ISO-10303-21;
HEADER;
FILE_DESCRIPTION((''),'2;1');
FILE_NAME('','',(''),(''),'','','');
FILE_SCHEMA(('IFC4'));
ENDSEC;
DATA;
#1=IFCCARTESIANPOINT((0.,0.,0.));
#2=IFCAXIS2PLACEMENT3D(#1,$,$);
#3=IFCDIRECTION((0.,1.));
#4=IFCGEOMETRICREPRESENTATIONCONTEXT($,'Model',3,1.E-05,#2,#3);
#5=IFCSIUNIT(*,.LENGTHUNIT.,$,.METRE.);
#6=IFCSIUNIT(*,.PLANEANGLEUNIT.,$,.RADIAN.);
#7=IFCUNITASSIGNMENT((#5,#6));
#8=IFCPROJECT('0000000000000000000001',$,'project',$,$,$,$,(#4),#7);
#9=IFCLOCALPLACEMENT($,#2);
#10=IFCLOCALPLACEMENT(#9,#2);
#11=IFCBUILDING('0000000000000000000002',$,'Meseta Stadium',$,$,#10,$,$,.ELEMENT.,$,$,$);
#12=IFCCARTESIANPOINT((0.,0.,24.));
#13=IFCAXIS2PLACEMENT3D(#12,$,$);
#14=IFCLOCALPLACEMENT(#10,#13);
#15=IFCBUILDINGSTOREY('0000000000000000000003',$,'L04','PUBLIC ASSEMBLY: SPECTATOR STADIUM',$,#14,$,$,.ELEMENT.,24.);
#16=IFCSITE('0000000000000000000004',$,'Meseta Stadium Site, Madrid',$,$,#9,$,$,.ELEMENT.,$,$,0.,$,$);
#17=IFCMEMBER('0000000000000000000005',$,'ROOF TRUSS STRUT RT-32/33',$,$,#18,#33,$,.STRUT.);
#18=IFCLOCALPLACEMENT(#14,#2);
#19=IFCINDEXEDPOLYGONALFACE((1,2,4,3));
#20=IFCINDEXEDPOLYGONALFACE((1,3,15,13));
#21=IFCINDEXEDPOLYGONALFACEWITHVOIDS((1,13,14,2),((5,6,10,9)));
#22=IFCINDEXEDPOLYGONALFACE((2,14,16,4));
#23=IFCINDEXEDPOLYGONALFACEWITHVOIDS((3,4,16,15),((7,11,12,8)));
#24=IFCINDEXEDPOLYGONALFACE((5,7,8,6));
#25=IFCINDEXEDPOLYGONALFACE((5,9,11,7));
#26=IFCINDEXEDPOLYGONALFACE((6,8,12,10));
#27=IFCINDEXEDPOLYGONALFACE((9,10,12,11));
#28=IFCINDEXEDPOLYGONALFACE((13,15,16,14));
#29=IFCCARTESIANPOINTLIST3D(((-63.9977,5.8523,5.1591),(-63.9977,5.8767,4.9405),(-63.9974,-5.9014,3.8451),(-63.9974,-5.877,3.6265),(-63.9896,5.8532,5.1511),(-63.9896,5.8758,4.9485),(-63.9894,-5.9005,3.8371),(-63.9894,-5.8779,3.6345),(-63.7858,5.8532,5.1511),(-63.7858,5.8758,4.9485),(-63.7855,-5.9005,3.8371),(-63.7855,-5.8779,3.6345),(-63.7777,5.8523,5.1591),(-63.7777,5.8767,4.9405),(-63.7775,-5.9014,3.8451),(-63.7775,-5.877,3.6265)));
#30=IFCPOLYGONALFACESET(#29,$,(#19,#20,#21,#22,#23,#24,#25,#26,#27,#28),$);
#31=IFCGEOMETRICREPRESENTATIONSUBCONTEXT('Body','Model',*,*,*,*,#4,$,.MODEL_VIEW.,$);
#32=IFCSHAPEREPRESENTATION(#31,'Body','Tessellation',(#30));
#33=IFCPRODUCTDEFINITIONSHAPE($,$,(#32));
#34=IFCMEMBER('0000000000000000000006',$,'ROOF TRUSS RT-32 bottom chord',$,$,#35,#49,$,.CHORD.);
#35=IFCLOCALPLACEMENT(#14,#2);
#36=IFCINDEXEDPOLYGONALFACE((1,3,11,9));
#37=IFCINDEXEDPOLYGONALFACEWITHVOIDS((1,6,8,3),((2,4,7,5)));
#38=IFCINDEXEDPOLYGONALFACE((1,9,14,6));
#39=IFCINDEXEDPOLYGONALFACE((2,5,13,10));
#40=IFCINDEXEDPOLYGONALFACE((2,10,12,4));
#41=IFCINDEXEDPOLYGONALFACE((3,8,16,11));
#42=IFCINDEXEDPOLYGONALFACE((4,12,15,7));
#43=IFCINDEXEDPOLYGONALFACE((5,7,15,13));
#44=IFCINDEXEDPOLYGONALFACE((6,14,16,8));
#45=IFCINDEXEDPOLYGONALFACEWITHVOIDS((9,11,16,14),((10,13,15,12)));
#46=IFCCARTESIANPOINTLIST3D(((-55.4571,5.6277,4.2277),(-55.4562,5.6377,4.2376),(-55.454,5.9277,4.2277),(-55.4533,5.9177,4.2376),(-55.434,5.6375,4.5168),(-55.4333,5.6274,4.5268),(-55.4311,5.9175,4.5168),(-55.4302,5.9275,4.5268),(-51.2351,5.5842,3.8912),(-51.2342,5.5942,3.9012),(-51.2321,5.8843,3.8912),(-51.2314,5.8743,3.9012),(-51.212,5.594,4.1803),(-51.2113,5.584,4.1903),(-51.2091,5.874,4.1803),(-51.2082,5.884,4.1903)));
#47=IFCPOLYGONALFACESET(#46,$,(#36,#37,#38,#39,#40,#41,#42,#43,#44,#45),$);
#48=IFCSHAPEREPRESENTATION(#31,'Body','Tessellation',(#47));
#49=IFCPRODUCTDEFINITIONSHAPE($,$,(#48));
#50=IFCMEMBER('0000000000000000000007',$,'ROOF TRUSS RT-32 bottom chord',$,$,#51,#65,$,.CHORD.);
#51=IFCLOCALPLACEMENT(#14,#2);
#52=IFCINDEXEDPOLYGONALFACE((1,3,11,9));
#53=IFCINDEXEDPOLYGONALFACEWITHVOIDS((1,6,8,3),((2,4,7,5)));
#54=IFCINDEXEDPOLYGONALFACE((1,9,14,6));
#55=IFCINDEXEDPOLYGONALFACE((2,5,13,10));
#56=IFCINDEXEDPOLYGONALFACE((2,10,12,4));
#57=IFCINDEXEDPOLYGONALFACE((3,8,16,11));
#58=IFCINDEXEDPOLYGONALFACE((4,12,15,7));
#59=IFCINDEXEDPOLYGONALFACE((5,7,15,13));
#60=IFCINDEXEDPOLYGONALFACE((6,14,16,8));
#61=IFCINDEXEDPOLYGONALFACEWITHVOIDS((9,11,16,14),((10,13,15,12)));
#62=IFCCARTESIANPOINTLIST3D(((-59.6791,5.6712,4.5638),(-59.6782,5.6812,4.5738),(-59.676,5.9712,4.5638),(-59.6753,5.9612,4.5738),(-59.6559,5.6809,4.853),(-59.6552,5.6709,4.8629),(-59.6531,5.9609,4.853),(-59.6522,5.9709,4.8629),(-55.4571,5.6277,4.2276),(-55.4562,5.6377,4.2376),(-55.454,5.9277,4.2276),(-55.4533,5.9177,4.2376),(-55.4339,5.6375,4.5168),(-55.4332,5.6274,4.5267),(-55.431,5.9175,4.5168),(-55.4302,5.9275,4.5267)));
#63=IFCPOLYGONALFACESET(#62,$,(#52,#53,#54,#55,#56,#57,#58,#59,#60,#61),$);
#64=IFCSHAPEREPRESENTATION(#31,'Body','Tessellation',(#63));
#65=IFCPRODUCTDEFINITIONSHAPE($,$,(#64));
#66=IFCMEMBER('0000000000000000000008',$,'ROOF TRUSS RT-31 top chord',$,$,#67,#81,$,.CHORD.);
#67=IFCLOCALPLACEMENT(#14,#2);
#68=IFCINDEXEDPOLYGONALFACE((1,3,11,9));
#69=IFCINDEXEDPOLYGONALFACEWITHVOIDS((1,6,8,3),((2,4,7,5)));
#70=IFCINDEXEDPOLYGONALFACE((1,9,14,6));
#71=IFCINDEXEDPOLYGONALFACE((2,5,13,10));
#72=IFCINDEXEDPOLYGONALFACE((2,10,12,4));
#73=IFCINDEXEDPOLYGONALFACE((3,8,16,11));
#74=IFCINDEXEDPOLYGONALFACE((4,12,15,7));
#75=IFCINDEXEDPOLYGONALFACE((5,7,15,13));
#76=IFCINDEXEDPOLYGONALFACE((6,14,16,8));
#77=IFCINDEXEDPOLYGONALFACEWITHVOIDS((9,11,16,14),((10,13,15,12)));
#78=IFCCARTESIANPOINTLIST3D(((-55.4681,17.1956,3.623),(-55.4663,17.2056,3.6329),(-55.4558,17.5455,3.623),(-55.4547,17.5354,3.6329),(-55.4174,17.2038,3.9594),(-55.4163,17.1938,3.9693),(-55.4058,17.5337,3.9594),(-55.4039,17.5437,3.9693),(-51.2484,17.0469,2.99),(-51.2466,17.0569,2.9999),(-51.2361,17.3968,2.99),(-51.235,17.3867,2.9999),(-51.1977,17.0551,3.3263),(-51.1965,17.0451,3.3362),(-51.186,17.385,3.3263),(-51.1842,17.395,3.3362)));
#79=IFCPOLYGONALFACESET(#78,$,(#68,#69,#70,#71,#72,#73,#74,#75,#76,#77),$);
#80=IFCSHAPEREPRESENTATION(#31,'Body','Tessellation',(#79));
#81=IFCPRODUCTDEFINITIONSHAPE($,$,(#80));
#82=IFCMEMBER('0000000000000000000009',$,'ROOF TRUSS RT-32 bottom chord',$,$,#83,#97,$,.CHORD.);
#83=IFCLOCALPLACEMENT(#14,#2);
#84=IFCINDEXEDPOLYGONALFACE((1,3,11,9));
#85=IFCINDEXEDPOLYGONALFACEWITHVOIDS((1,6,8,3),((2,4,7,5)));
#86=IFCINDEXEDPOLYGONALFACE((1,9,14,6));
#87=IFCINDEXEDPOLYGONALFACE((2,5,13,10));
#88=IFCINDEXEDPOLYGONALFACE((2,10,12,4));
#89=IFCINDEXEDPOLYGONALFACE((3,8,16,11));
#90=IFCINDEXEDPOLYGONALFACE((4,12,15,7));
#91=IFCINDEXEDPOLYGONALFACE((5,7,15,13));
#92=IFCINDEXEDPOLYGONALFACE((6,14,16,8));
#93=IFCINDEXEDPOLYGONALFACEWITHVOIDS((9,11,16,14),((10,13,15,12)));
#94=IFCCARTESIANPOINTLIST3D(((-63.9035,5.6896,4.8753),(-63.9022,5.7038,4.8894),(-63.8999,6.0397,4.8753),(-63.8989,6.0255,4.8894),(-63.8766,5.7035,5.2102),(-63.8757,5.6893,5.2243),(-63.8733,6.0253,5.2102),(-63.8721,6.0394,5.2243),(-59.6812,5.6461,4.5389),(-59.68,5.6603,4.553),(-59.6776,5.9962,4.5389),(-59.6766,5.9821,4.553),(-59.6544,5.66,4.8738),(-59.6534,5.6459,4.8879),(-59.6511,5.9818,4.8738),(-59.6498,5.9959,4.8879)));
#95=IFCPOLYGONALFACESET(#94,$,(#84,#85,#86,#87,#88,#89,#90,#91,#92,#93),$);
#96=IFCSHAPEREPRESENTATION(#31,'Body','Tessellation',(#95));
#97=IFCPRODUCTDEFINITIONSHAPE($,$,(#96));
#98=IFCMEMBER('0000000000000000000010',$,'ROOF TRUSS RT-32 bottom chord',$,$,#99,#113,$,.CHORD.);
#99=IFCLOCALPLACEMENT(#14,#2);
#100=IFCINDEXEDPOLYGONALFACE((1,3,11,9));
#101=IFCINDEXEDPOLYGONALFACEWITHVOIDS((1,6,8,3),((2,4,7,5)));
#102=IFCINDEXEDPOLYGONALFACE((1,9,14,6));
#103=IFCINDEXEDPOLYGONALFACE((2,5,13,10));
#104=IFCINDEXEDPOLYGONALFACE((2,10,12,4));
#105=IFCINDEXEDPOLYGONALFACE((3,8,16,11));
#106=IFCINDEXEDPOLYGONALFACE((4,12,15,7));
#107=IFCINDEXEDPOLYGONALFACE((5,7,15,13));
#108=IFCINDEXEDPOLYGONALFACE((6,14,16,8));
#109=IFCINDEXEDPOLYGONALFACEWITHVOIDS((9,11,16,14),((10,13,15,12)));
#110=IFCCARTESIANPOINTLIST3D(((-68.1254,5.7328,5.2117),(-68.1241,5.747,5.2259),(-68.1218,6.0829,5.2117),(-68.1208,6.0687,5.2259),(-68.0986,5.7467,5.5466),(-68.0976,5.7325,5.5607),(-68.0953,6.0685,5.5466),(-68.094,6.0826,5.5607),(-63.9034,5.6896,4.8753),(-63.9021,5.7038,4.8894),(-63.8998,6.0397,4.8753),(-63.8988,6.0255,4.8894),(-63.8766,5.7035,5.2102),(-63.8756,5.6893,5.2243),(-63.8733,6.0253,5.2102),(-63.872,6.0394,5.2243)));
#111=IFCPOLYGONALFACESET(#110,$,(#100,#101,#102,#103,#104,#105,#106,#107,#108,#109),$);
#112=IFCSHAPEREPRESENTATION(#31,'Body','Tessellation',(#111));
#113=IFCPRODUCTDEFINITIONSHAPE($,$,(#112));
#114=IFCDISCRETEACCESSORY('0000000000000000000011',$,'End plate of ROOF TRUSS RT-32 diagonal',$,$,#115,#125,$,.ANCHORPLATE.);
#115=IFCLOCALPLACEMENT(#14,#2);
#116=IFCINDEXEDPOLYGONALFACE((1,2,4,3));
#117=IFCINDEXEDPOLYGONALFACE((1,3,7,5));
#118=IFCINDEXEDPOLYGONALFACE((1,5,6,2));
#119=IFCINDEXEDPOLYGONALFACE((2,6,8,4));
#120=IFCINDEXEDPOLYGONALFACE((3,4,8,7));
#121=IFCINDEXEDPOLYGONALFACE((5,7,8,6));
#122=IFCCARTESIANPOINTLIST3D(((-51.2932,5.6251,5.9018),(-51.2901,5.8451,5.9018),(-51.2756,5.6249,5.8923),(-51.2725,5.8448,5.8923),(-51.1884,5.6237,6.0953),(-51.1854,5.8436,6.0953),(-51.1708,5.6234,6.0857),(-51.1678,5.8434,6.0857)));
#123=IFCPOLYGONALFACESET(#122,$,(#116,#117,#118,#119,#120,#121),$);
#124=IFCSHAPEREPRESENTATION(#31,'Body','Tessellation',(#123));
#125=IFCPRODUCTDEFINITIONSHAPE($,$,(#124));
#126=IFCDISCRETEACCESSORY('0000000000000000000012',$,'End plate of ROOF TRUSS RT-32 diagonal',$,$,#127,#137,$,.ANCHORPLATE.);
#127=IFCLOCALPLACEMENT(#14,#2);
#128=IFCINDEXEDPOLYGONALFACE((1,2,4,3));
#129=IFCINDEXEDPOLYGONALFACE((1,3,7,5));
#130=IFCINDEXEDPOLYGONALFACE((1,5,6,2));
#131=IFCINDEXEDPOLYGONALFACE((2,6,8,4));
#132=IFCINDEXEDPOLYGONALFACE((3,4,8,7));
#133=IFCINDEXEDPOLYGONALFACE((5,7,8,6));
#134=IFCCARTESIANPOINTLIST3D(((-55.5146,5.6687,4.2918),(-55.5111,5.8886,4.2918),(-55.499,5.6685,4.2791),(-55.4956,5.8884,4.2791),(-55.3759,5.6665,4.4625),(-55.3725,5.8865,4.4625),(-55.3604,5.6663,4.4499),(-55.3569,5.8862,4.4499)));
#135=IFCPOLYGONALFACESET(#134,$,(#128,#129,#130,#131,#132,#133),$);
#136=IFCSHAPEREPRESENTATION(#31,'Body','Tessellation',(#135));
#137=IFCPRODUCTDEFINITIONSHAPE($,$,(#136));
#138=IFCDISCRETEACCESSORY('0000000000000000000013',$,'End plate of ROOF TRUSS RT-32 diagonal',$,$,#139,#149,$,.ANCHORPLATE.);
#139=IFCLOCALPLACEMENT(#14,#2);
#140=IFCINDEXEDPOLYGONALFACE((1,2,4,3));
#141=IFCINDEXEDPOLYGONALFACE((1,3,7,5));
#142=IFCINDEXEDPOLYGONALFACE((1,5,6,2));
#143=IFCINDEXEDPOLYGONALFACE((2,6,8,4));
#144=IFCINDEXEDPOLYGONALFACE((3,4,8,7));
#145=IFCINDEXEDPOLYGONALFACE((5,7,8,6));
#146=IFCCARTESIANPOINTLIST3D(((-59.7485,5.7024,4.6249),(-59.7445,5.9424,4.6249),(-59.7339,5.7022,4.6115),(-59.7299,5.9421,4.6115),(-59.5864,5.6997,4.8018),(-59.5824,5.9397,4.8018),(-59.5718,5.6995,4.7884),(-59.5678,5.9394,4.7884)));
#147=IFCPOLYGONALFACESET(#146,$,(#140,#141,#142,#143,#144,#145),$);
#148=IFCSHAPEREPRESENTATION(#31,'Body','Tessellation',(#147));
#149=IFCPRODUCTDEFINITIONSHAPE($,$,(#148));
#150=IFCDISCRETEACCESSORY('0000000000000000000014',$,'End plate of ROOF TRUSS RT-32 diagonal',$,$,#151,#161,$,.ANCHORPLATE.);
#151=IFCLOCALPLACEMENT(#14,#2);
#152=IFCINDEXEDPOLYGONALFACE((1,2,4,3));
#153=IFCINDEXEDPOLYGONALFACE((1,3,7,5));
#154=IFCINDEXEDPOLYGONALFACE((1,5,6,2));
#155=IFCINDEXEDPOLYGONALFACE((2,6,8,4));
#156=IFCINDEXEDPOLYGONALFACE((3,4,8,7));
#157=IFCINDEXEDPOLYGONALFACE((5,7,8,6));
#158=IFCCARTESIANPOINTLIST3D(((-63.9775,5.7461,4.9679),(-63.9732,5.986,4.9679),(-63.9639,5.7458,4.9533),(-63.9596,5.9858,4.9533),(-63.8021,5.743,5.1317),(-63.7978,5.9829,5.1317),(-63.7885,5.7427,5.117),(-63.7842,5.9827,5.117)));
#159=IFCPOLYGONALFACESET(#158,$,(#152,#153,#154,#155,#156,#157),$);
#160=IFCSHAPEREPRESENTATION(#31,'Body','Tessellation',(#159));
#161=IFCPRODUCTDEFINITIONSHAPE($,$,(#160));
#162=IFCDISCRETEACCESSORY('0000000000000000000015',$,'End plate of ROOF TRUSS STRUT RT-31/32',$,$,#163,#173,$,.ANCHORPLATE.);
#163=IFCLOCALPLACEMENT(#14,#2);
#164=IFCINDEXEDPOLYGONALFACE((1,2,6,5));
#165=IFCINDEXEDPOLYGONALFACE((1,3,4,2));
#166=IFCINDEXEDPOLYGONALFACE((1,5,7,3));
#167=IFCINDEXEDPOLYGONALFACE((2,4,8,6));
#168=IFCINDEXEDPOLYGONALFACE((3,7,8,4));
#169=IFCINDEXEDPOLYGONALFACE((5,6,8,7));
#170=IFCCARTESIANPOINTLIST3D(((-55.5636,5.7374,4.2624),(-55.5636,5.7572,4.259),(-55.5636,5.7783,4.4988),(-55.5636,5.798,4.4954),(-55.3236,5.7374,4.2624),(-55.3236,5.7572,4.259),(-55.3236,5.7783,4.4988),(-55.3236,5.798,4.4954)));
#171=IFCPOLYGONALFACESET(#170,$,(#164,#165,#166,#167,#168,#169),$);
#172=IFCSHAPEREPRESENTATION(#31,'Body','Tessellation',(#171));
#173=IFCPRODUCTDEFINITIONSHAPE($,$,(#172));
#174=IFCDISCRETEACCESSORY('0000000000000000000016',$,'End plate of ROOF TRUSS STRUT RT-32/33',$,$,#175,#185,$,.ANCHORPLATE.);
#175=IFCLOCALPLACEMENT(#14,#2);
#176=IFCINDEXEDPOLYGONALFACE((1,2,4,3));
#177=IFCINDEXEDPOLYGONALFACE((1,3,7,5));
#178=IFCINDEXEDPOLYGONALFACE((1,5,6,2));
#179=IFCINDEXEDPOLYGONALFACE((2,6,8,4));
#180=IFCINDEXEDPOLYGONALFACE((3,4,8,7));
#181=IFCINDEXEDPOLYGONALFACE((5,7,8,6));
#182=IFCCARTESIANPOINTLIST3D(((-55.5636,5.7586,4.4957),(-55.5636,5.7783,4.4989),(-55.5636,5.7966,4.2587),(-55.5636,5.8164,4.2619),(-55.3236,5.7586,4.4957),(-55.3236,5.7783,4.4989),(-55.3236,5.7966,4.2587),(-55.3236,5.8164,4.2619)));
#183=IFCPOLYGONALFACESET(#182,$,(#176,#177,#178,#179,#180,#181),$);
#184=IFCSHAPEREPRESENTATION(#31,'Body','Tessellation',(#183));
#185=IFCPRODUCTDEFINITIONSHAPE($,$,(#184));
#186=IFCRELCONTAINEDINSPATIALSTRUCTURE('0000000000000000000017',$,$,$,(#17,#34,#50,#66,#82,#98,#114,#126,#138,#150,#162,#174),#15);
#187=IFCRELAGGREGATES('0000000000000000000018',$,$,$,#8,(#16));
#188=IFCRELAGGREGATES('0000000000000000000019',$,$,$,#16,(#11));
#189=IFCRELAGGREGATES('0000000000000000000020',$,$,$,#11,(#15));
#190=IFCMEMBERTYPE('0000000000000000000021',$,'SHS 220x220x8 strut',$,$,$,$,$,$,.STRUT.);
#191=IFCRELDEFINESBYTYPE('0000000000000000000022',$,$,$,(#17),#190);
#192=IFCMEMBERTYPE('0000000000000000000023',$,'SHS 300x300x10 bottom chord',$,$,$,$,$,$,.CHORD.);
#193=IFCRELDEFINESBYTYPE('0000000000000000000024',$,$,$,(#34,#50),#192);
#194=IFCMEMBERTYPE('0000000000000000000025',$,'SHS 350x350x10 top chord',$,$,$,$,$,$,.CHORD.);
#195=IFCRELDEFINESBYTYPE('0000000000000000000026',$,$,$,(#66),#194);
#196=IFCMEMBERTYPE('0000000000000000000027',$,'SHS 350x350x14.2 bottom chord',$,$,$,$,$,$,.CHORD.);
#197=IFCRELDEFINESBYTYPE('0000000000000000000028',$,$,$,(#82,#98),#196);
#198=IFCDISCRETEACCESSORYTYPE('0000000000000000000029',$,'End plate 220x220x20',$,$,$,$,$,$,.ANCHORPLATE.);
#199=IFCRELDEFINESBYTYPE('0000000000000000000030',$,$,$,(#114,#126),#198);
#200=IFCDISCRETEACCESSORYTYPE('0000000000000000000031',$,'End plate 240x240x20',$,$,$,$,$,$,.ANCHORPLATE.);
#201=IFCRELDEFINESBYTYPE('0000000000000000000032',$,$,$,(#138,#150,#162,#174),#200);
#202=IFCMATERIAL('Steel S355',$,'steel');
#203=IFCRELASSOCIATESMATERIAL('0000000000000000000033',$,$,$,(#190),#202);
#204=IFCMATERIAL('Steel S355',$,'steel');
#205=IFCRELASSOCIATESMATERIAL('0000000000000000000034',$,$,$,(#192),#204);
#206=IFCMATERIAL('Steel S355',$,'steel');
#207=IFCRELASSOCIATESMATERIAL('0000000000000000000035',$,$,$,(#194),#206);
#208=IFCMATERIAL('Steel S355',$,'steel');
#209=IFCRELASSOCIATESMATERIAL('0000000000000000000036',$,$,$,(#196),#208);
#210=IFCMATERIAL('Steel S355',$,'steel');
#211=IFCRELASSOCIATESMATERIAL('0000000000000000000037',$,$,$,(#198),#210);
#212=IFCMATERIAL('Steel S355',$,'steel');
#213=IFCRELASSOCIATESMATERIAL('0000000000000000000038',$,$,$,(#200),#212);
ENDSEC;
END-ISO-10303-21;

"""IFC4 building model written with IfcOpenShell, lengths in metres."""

from ifc_helpers import new_model, si_unit, direction, frame, origin, origin_2d, place, context, subcontext, project, spatial, rectangle, hollow_rectangle, extrude, material, material_profile, profile_set, type_object, element, save


model = new_model("IFC4")

# Units and contexts
model_context = context("Model", 3, precision=1e-05, world=origin(), true_north=direction((0.0, 1.0)))
body_context = subcontext(model_context, "Body", "Model", "MODEL_VIEW")
ifc_project = project(units=[si_unit("LENGTHUNIT", "METRE"), si_unit("PLANEANGLEUNIT", "RADIAN")], contexts=[model_context])

# Site, building, storey
site_placement = place(None, origin())
site = spatial("IfcSite", under=ifc_project, at=site_placement, Name="Meseta Stadium Site, Madrid", CompositionType="ELEMENT", RefElevation=0.0)
building_placement = place(site_placement, origin())
building = spatial("IfcBuilding", under=site, at=building_placement, Name="Meseta Stadium", CompositionType="ELEMENT")
storey_placement = place(building_placement, frame((0.0, 0.0, 24.0)))
storey = spatial("IfcBuildingStorey", under=building, at=storey_placement, Name="L04", Description="PUBLIC ASSEMBLY: SPECTATOR STADIUM", CompositionType="ELEMENT", Elevation=24.0)

# Members
ifc_material_1 = material(Name="Steel S355", Category="steel")
ifc_material_profile_1 = material_profile(ifc_material_1, hollow_rectangle(XDim=0.22, YDim=0.22, WallThickness=0.0081, at=origin_2d()), Name="SHS 220x220x8")
ifc_profile_set_1 = profile_set([ifc_material_profile_1], Name="Steel S355")
member_type_1 = type_object("IfcMemberType", Name="SHS 220x220x8 strut", PredefinedType="STRUT", material=ifc_profile_set_1)
member_1_placement = place(storey_placement, frame((-63.8877, 5.8645, 5.0498), z_axis=(0.000021, -0.993809, -0.1111), x_axis=(1.0, 0.000021, 0.0)))
element("IfcMember", 1, at=member_1_placement, inside=storey, type_object=member_type_1, Name="ROOF TRUSS STRUT RT-32/33", PredefinedType="STRUT", context=body_context, shape_type="SweptSolid", body=[
    extrude(hollow_rectangle(XDim=0.22, YDim=0.22, WallThickness=0.0081, at=origin_2d()), origin(), (0.0, 0.0, 1.0), 11.8269),
])
ifc_material_2 = material(Name="Steel S355", Category="steel")
ifc_material_profile_2 = material_profile(ifc_material_2, hollow_rectangle(XDim=0.3, YDim=0.3, WallThickness=0.01, at=origin_2d()), Name="SHS 300x300x10")
ifc_profile_set_2 = profile_set([ifc_material_profile_2], Name="Steel S355")
member_type_2 = type_object("IfcMemberType", Name="SHS 300x300x10 bottom chord", PredefinedType="CHORD", material=ifc_profile_set_2)
for number, where, z_axis, x_axis, name in (
    (2, (-51.2217, 5.7341, 4.0408), (-0.996788, 0.01026, 0.079429), (-0.010293, -0.999947, 0.0), "ROOF TRUSS RT-32 bottom chord"),
    (3, (-55.4436, 5.7776, 4.3772), (-0.996792, 0.01026, 0.079372), (-0.010293, -0.999947, 0.0), "ROOF TRUSS RT-32 bottom chord"),
):
    element("IfcMember", number, at=place(storey_placement, frame(where, z_axis=z_axis, x_axis=x_axis)), inside=storey, type_object=member_type_2, Name=name, PredefinedType="CHORD", context=body_context, shape_type="SweptSolid", body=[
        extrude(hollow_rectangle(XDim=0.3, YDim=0.3, WallThickness=0.01, at=origin_2d()), origin(), (0.0, 0.0, 1.0), 4.2356),
    ])
ifc_material_3 = material(Name="Steel S355", Category="steel")
ifc_material_profile_3 = material_profile(ifc_material_3, hollow_rectangle(XDim=0.3501, YDim=0.3501, WallThickness=0.01, at=origin_2d()), Name="SHS 350x350x10")
ifc_profile_set_3 = profile_set([ifc_material_profile_3], Name="Steel S355")
member_type_3 = type_object("IfcMemberType", Name="SHS 350x350x10 top chord", PredefinedType="CHORD", material=ifc_profile_set_3)
member_2_placement = place(storey_placement, frame((-51.2163, 17.2209, 3.1631), z_axis=(-0.988333, 0.034824, 0.148273), x_axis=(-0.035213, -0.99938, 0.0)))
element("IfcMember", 4, at=member_2_placement, inside=storey, type_object=member_type_3, Name="ROOF TRUSS RT-31 top chord", PredefinedType="CHORD", context=body_context, shape_type="SweptSolid", body=[
    extrude(hollow_rectangle(XDim=0.3501, YDim=0.3501, WallThickness=0.01, at=origin_2d()), origin(), (0.0, 0.0, 1.0), 4.2695),
])
ifc_material_4 = material(Name="Steel S355", Category="steel")
ifc_material_profile_4 = material_profile(ifc_material_4, hollow_rectangle(XDim=0.3501, YDim=0.3501, WallThickness=0.0142, at=origin_2d()), Name="SHS 350x350x14.2")
ifc_profile_set_4 = profile_set([ifc_material_profile_4], Name="Steel S355")
member_type_4 = type_object("IfcMemberType", Name="SHS 350x350x14.2 bottom chord", PredefinedType="CHORD", material=ifc_profile_set_4)
member_3_placement = place(storey_placement, frame((-59.6655, 5.821, 4.7134), z_axis=(-0.996788, 0.01026, 0.079425), x_axis=(-0.010292, -0.999947, 0.0)))
element("IfcMember", 5, at=member_3_placement, inside=storey, type_object=member_type_4, Name="ROOF TRUSS RT-32 bottom chord", PredefinedType="CHORD", context=body_context, shape_type="SweptSolid", body=[
    extrude(hollow_rectangle(XDim=0.3501, YDim=0.3501, WallThickness=0.0142, at=origin_2d()), origin(), (0.0, 0.0, 1.0), 4.2358),
])
member_4_placement = place(storey_placement, frame((-63.8877, 5.8645, 5.0498), z_axis=(-0.996788, 0.010202, 0.079429), x_axis=(-0.010235, -0.999948, 0.0)))
element("IfcMember", 6, at=member_4_placement, inside=storey, type_object=member_type_4, Name="ROOF TRUSS RT-32 bottom chord", PredefinedType="CHORD", context=body_context, shape_type="SweptSolid", body=[
    extrude(hollow_rectangle(XDim=0.3501, YDim=0.3501, WallThickness=0.0142, at=origin_2d()), origin(), (0.0, 0.0, 1.0), 4.2356),
])

# Discrete accessories
ifc_material_5 = material(Name="Steel S355", Category="steel")
ifc_material_profile_5 = material_profile(ifc_material_5, rectangle(XDim=0.22, YDim=0.22, at=origin_2d()), Name="PL 220x220")
ifc_profile_set_5 = profile_set([ifc_material_profile_5], Name="Steel S355")
discrete_accessory_type_1 = type_object("IfcDiscreteAccessoryType", Name="End plate 220x220x20", PredefinedType="ANCHORPLATE", material=ifc_profile_set_5)
for number, where, z_axis, x_axis, name in (
    (7, (-51.2217, 5.7341, 5.989), (-0.879226, 0.012211, 0.476248), (-0.013888, -0.999904, 0.0), "End plate of ROOF TRUSS RT-32 diagonal"),
    (8, (-55.428, 5.7773, 4.3645), (-0.776057, 0.012126, 0.630546), (-0.015623, -0.999878, 0.0), "End plate of ROOF TRUSS RT-32 diagonal"),
):
    element("IfcDiscreteAccessory", number, at=place(storey_placement, frame(where, z_axis=z_axis, x_axis=x_axis)), inside=storey, type_object=discrete_accessory_type_1, Name=name, PredefinedType="ANCHORPLATE", context=body_context, shape_type="SweptSolid", body=[
        extrude(rectangle(XDim=0.22, YDim=0.22, at=origin_2d()), origin(), (0.0, 0.0, 1.0), 0.02),
    ])
ifc_material_6 = material(Name="Steel S355", Category="steel")
ifc_material_profile_6 = material_profile(ifc_material_6, rectangle(XDim=0.24, YDim=0.24, at=origin_2d()), Name="PL 240x240")
ifc_profile_set_6 = profile_set([ifc_material_profile_6], Name="Steel S355")
discrete_accessory_type_2 = type_object("IfcDiscreteAccessoryType", Name="End plate 240x240x20", PredefinedType="ANCHORPLATE", material=ifc_profile_set_6)
discrete_accessory_1_placement = place(storey_placement, frame((-59.6509, 5.8208, 4.7), z_axis=(-0.737099, 0.012285, 0.675674), x_axis=(-0.016664, -0.999861, 0.0)))
element("IfcDiscreteAccessory", 9, at=discrete_accessory_1_placement, inside=storey, type_object=discrete_accessory_type_2, Name="End plate of ROOF TRUSS RT-32 diagonal", PredefinedType="ANCHORPLATE", context=body_context, shape_type="SweptSolid", body=[
    extrude(rectangle(XDim=0.24, YDim=0.24, at=origin_2d()), origin(), (0.0, 0.0, 1.0), 0.0198),
])
for number, where, z_axis, x_axis, name in (
    (10, (-63.874, 5.8643, 5.0352), (-0.682268, 0.012183, 0.731001), (-0.017854, -0.999841, 0.0), "End plate of ROOF TRUSS RT-32 diagonal"),
    (11, (-55.4436, 5.7776, 4.3772), (0.0, -0.98539, 0.170314), (1.0, 0.0, 0.0), "End plate of ROOF TRUSS STRUT RT-31/32"),
    (12, (-55.4436, 5.7974, 4.3804), (0.0, -0.987364, -0.158466), (1.0, 0.0, 0.0), "End plate of ROOF TRUSS STRUT RT-32/33"),
):
    element("IfcDiscreteAccessory", number, at=place(storey_placement, frame(where, z_axis=z_axis, x_axis=x_axis)), inside=storey, type_object=discrete_accessory_type_2, Name=name, PredefinedType="ANCHORPLATE", context=body_context, shape_type="SweptSolid", body=[
        extrude(rectangle(XDim=0.24, YDim=0.24, at=origin_2d()), origin(), (0.0, 0.0, 1.0), 0.02),
    ])

save(model, "model.ifc")
